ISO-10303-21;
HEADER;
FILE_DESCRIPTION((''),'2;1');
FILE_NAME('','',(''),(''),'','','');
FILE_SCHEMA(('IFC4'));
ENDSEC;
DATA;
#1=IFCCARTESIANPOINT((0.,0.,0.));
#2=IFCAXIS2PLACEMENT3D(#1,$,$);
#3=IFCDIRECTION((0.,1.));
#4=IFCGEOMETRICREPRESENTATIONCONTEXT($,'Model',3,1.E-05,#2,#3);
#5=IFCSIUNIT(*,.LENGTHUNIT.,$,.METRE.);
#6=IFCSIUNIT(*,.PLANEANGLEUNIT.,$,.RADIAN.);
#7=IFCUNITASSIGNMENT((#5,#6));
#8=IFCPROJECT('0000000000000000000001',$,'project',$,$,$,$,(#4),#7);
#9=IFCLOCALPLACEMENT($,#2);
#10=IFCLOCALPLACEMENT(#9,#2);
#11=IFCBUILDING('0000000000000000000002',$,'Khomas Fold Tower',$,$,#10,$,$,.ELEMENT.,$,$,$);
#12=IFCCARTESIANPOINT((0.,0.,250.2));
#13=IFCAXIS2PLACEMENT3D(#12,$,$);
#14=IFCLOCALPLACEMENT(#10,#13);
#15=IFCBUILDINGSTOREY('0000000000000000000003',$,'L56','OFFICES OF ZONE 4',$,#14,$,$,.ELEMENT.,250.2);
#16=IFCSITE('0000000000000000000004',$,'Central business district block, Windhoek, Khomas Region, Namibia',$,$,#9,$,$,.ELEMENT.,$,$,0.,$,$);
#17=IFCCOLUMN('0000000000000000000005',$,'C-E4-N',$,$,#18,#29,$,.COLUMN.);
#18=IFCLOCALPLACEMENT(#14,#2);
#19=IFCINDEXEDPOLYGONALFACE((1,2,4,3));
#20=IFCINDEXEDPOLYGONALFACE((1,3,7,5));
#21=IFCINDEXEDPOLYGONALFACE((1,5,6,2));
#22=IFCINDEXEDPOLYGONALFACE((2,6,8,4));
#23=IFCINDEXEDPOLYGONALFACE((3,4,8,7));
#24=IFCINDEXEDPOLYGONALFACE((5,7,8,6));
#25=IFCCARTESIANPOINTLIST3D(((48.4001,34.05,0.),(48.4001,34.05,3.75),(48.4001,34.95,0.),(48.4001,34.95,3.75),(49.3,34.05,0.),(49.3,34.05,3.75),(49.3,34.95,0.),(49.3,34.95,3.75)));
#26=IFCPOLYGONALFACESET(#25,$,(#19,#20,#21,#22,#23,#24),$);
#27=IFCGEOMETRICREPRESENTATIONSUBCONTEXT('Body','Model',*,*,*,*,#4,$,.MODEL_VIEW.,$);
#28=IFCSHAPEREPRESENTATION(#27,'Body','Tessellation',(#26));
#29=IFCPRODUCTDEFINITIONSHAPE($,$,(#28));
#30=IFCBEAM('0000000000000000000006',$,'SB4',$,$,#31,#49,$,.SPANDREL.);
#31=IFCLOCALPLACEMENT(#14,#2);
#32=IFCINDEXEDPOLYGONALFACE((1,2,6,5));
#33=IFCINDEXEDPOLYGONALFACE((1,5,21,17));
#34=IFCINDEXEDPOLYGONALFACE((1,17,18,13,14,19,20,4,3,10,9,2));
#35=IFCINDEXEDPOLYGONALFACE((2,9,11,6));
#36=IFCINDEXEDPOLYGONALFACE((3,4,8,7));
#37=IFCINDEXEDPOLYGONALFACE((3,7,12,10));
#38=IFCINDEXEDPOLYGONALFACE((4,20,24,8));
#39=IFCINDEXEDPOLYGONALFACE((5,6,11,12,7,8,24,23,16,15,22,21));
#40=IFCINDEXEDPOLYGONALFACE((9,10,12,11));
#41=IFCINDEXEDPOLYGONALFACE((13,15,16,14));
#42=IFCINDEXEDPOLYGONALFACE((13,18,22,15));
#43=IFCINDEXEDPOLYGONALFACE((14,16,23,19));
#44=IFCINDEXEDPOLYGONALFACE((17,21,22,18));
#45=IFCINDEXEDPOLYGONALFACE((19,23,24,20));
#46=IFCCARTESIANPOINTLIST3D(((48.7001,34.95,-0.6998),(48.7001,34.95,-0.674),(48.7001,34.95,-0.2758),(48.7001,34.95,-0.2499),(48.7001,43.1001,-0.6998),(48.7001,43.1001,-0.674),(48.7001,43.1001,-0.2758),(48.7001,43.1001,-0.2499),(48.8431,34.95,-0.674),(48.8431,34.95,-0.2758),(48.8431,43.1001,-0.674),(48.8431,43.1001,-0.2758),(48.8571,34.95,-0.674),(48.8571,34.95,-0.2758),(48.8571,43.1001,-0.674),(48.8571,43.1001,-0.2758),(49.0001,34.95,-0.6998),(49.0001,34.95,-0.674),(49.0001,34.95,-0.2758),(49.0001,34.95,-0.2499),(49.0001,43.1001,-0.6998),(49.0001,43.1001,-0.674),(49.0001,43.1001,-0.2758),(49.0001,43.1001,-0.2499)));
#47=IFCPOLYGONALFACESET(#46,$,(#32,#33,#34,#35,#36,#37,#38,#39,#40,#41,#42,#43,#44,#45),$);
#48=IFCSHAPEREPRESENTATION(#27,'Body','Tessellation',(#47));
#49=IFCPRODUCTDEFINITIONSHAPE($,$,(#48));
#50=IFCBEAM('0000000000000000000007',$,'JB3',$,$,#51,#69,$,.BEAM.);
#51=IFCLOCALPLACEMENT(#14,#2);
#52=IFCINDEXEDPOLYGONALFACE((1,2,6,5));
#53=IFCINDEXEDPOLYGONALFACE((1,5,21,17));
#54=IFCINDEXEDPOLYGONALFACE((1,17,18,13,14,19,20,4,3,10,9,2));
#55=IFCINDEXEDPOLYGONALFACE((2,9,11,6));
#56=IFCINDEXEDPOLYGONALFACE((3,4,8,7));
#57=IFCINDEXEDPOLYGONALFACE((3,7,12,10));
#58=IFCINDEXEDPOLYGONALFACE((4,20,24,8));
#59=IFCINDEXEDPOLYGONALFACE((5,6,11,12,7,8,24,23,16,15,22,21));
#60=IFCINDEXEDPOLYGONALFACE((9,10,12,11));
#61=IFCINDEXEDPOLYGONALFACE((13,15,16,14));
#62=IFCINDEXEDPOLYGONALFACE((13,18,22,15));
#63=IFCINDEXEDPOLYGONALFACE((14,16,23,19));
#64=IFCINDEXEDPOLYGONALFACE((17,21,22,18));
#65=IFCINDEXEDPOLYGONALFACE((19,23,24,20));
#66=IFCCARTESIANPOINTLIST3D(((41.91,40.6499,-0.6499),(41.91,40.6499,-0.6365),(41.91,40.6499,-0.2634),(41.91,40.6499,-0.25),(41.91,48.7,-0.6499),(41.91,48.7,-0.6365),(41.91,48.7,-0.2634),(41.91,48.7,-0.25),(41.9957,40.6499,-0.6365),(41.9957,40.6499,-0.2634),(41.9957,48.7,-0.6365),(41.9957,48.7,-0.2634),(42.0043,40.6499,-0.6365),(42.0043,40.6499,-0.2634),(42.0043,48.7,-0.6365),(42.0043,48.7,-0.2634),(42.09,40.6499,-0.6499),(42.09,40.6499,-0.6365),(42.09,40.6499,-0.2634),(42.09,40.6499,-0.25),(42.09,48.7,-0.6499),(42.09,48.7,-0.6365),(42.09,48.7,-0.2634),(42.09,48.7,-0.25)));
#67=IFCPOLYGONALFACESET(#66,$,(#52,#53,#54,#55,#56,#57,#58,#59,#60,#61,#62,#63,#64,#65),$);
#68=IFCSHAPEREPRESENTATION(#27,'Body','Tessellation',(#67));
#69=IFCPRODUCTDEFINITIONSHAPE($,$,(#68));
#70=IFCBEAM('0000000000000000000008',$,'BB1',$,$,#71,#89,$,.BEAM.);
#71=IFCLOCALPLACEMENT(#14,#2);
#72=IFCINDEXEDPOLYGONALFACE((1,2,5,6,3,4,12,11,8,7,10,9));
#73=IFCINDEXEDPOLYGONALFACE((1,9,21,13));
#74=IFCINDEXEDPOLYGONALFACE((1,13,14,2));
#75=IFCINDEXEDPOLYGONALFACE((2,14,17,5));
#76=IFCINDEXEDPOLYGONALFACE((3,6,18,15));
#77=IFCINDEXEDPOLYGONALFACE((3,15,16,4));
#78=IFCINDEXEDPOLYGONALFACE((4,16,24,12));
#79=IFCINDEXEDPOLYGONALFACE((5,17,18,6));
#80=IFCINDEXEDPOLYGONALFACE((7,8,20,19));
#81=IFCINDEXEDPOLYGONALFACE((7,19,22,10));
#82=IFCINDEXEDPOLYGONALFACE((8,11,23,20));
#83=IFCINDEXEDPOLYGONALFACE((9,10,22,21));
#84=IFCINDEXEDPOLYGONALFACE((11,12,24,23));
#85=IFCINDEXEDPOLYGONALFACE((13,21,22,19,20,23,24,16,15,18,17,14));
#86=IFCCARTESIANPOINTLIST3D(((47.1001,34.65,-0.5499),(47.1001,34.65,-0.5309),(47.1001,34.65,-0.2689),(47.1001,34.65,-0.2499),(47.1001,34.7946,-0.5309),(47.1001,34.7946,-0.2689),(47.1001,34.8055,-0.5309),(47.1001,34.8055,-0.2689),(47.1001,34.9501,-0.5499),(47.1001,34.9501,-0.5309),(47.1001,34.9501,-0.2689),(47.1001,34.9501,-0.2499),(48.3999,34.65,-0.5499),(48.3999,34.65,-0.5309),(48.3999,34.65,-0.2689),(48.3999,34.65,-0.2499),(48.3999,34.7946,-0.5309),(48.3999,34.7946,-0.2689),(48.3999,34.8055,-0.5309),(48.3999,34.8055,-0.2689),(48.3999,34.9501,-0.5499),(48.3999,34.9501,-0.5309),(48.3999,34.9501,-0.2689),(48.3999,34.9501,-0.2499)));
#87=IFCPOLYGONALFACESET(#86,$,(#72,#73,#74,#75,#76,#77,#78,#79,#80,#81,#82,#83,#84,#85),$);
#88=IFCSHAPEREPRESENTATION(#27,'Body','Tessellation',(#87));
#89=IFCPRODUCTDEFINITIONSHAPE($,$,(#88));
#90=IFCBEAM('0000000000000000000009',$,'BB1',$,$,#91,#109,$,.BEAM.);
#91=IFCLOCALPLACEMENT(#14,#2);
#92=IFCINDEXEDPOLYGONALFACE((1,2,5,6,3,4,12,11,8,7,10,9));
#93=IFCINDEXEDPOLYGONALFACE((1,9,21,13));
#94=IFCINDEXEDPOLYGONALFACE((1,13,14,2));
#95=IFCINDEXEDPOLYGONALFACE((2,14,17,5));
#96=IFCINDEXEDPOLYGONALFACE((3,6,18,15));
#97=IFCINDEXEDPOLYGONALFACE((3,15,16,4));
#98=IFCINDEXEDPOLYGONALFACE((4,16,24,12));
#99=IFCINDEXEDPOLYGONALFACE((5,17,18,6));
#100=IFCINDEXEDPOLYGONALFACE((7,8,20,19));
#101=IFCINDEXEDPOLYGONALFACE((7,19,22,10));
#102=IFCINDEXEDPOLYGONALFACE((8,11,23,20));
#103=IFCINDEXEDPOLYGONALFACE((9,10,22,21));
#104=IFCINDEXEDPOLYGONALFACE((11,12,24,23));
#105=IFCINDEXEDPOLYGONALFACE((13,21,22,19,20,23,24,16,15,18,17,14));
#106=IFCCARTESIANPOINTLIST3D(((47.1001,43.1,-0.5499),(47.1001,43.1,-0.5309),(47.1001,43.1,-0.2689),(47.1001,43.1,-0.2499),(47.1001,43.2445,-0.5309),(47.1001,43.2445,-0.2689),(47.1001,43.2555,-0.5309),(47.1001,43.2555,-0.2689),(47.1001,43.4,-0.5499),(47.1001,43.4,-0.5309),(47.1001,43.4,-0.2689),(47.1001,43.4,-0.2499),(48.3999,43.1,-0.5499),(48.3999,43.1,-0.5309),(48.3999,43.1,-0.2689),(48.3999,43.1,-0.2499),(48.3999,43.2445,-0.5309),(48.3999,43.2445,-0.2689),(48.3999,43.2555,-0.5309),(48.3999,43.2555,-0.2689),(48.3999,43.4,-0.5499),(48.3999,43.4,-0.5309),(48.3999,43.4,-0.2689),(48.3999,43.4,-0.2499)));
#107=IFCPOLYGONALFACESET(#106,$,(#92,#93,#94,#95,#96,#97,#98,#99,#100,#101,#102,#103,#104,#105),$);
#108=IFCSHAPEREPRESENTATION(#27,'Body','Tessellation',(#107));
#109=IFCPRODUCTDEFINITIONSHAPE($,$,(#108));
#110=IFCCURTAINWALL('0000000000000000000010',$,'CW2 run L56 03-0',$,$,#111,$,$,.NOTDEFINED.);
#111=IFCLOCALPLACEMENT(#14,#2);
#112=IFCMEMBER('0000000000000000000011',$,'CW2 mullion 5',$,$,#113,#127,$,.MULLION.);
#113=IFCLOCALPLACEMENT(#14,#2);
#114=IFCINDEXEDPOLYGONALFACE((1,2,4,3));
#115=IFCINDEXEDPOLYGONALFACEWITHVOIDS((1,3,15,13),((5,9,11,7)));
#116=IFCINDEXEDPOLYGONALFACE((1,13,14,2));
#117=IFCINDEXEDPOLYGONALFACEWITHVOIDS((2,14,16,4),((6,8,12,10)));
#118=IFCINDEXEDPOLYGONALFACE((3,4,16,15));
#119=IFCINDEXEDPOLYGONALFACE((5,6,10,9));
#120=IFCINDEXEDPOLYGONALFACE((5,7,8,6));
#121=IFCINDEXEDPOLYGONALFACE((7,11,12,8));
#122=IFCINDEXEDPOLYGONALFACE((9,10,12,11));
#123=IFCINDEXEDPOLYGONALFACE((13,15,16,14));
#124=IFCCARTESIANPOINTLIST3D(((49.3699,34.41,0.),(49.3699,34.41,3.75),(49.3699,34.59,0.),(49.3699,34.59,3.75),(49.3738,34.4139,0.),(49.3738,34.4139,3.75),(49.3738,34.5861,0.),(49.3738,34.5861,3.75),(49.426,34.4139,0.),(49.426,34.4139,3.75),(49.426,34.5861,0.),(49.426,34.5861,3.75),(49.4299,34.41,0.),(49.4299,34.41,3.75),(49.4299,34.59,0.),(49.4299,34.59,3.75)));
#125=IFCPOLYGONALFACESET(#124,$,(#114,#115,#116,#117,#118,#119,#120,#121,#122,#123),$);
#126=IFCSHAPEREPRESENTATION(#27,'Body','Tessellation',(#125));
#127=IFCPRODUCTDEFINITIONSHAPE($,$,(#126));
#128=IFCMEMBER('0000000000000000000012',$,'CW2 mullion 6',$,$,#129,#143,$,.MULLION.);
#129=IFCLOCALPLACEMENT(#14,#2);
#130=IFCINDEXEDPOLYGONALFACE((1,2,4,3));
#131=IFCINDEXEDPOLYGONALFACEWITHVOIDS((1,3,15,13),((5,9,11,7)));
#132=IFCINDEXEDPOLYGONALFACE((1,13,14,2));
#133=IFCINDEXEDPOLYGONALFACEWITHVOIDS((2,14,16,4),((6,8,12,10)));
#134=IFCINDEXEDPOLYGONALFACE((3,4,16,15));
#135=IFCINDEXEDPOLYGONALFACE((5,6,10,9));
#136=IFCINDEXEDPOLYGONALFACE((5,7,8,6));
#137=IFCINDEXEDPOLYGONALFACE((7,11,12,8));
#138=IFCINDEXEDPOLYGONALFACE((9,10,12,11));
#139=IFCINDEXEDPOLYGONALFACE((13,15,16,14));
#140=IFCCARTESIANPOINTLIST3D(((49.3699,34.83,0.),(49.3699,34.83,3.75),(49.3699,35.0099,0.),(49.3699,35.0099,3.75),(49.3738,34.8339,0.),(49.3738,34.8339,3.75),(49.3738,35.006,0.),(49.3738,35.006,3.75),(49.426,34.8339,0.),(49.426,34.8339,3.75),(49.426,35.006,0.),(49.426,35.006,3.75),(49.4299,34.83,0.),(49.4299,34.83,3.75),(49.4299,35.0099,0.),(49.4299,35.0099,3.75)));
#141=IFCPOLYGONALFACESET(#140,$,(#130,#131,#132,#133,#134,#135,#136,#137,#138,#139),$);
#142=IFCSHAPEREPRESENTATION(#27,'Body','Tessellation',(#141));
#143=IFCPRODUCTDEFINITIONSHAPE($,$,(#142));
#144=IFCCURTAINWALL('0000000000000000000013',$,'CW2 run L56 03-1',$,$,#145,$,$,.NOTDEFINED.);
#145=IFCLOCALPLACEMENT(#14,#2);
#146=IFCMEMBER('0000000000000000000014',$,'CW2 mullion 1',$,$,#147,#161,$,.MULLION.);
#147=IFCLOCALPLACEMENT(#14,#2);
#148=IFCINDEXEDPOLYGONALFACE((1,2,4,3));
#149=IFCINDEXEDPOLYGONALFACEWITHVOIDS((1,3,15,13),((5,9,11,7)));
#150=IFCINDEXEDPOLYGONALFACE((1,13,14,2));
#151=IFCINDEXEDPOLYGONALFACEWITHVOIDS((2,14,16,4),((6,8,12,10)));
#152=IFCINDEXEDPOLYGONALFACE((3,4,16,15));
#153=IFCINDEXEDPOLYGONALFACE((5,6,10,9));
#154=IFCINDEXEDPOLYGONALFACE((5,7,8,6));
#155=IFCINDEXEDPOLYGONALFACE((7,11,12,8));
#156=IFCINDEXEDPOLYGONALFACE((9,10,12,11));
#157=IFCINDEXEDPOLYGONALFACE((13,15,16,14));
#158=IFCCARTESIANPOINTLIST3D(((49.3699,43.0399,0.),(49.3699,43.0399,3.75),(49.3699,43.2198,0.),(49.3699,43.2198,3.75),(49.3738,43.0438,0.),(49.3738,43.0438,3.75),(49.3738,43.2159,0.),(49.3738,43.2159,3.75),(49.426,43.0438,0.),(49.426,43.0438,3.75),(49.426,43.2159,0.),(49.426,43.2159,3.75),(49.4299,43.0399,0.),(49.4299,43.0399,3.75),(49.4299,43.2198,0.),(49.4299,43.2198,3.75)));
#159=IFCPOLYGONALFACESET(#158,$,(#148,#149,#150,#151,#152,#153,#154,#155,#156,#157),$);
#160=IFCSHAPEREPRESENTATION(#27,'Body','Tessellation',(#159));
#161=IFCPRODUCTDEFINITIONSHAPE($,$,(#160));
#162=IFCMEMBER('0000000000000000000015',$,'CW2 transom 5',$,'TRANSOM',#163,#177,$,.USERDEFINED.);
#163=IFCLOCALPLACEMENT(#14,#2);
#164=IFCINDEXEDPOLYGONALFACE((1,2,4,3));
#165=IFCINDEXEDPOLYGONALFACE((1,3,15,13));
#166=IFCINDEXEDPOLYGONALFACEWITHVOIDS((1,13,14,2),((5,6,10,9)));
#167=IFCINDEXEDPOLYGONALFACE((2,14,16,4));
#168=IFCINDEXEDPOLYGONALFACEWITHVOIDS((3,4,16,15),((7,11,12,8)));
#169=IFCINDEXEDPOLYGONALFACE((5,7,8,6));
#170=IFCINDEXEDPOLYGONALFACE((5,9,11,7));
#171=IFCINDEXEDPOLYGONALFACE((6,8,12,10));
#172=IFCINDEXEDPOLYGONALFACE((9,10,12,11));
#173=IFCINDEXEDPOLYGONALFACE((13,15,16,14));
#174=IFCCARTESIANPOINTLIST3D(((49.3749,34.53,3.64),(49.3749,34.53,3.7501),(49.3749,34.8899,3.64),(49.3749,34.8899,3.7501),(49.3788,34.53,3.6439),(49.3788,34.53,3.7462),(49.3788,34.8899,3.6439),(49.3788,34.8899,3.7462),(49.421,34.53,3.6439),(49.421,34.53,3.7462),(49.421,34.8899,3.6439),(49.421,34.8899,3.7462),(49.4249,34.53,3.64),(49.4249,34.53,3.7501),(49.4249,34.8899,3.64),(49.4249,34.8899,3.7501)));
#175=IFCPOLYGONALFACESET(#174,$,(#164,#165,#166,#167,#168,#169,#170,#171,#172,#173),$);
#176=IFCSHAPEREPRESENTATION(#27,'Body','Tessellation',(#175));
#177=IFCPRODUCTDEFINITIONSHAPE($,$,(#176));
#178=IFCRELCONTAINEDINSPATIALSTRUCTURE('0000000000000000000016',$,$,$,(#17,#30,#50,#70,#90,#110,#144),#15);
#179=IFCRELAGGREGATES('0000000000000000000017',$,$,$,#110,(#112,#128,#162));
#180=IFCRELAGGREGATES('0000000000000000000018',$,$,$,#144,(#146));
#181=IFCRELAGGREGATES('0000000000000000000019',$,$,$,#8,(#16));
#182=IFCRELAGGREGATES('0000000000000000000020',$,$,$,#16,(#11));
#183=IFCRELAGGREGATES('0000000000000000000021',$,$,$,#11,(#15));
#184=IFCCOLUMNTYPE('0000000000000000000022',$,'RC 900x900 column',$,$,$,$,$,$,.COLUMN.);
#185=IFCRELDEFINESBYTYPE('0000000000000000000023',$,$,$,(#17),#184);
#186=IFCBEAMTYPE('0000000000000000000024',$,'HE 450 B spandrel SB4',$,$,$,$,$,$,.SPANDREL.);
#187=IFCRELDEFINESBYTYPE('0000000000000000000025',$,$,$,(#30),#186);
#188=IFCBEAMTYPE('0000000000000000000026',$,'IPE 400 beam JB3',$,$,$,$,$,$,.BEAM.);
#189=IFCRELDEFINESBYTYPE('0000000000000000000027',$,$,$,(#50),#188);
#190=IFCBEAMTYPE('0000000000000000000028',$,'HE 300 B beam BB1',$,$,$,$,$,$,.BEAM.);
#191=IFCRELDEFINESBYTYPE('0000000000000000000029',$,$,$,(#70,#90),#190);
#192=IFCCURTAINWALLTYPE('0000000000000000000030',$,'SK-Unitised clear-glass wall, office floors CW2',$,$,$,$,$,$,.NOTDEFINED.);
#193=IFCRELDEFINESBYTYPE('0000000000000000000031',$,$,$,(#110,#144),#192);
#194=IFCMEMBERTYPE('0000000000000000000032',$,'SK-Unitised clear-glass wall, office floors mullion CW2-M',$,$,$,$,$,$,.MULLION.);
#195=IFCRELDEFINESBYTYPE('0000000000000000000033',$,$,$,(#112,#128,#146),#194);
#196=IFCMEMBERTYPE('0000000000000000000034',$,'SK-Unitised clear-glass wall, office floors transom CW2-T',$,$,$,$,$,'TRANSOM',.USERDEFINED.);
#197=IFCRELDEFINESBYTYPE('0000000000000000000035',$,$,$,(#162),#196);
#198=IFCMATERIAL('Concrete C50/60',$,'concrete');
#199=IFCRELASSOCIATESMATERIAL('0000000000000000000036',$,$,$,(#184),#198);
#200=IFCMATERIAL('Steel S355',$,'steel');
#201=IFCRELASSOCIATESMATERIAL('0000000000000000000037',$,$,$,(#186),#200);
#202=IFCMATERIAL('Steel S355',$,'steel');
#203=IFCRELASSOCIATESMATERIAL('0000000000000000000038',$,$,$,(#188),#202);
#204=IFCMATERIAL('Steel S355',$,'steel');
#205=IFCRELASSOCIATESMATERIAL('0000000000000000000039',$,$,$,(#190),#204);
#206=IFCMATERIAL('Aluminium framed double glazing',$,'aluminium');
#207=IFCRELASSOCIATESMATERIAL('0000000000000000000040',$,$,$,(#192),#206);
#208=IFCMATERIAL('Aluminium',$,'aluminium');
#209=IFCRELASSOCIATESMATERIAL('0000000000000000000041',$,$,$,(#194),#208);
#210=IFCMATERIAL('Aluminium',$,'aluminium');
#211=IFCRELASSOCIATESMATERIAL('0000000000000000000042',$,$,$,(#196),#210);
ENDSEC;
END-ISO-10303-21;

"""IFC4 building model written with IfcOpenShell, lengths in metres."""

from ifc_helpers import new_model, si_unit, direction, frame, origin, origin_2d, place, context, subcontext, project, spatial, rectangle, hollow_rectangle, i_section, extrude, source, transform, mapped, material, material_profile, profile_set, type_object, element, aggregate, save


model = new_model("IFC4")

# Units and contexts
model_context = context("Model", 3, precision=1e-05, world=origin(), true_north=direction((0.0, 1.0)))
body_context = subcontext(model_context, "Body", "Model", "MODEL_VIEW")
ifc_project = project(units=[si_unit("LENGTHUNIT", "METRE"), si_unit("PLANEANGLEUNIT", "RADIAN")], contexts=[model_context])

# Site, building, storey
site_placement = place(None, origin())
site = spatial("IfcSite", under=ifc_project, at=site_placement, Name="Central business district block, Windhoek, Khomas Region, Namibia", CompositionType="ELEMENT", RefElevation=0.0)
building_placement = place(site_placement, origin())
building = spatial("IfcBuilding", under=site, at=building_placement, Name="Khomas Fold Tower", CompositionType="ELEMENT")
storey_placement = place(building_placement, frame((0.0, 0.0, 250.2)))
storey = spatial("IfcBuildingStorey", under=building, at=storey_placement, Name="L56", Description="OFFICES OF ZONE 4", CompositionType="ELEMENT", Elevation=250.2)

# Column
ifc_material_1 = material(Name="Concrete C50/60", Category="concrete")
ifc_material_profile_1 = material_profile(ifc_material_1, rectangle(XDim=0.8999, YDim=0.8999, at=origin_2d()), Name="RC 900x900")
ifc_profile_set_1 = profile_set([ifc_material_profile_1], Name="Concrete C50/60")
column_type = type_object("IfcColumnType", Name="RC 900x900 column", PredefinedType="COLUMN", material=ifc_profile_set_1)
shared_shape_1 = source(origin(), body_context, "Body", "SweptSolid", [
    extrude(rectangle(XDim=0.8999, YDim=0.8999, at=origin_2d()), origin(), (0.0, 0.0, 1.0), 3.75),
])
column_placement = place(storey_placement, frame((48.8501, 34.5, 0.0), z_axis=(0.0, 0.0, 1.0), x_axis=(1.0, 0.0, 0.0)))
element("IfcColumn", 1, at=column_placement, inside=storey, type_object=column_type, Name="C-E4-N", PredefinedType="COLUMN", context=body_context, shape_type="MappedRepresentation", body=[
    mapped(shared_shape_1, transform((0.0, 0.0, 0.0))),
])

# Beams
ifc_material_2 = material(Name="Steel S355", Category="steel")
ifc_material_profile_2 = material_profile(ifc_material_2, i_section(OverallWidth=0.3, OverallDepth=0.45, WebThickness=0.0139, FlangeThickness=0.0259, at=origin_2d()), Name="HE 450 B")
ifc_profile_set_2 = profile_set([ifc_material_profile_2], Name="Steel S355")
beam_type_1 = type_object("IfcBeamType", Name="HE 450 B spandrel SB4", PredefinedType="SPANDREL", material=ifc_profile_set_2)
shared_shape_2 = source(origin(), body_context, "Body", "SweptSolid", [
    extrude(i_section(OverallWidth=0.3, OverallDepth=0.45, WebThickness=0.0139, FlangeThickness=0.0259, at=origin_2d()), origin(), (0.0, 0.0, 1.0), 8.1501),
])
beam_1_placement = place(storey_placement, frame((48.8501, 34.95, -0.4749), z_axis=(0.0, 1.0, 0.0), x_axis=(-1.0, 0.0, 0.0)))
element("IfcBeam", 2, at=beam_1_placement, inside=storey, type_object=beam_type_1, Name="SB4", PredefinedType="SPANDREL", context=body_context, shape_type="MappedRepresentation", body=[
    mapped(shared_shape_2, transform((0.0, 0.0, 0.0))),
])
ifc_material_3 = material(Name="Steel S355", Category="steel")
ifc_material_profile_3 = material_profile(ifc_material_3, i_section(OverallWidth=0.1799, OverallDepth=0.3999, WebThickness=0.0085, FlangeThickness=0.0134, at=origin_2d()), Name="IPE 400")
ifc_profile_set_3 = profile_set([ifc_material_profile_3], Name="Steel S355")
beam_type_2 = type_object("IfcBeamType", Name="IPE 400 beam JB3", PredefinedType="BEAM", material=ifc_profile_set_3)
shared_shape_3 = source(origin(), body_context, "Body", "SweptSolid", [
    extrude(i_section(OverallWidth=0.1799, OverallDepth=0.3999, WebThickness=0.0085, FlangeThickness=0.0134, at=origin_2d()), origin(), (0.0, 0.0, 1.0), 8.05),
])
beam_2_placement = place(storey_placement, frame((42.0, 40.6499, -0.45), z_axis=(0.0, 1.0, 0.0), x_axis=(-1.0, 0.0, 0.0)))
element("IfcBeam", 3, at=beam_2_placement, inside=storey, type_object=beam_type_2, Name="JB3", PredefinedType="BEAM", context=body_context, shape_type="MappedRepresentation", body=[
    mapped(shared_shape_3, transform((0.0, 0.0, 0.0))),
])
ifc_material_4 = material(Name="Steel S355", Category="steel")
ifc_material_profile_4 = material_profile(ifc_material_4, i_section(OverallWidth=0.3, OverallDepth=0.3, WebThickness=0.011, FlangeThickness=0.019, at=origin_2d()), Name="HE 300 B")
ifc_profile_set_4 = profile_set([ifc_material_profile_4], Name="Steel S355")
beam_type_3 = type_object("IfcBeamType", Name="HE 300 B beam BB1", PredefinedType="BEAM", material=ifc_profile_set_4)
shared_shape_4 = source(origin(), body_context, "Body", "SweptSolid", [
    extrude(i_section(OverallWidth=0.3, OverallDepth=0.3, WebThickness=0.011, FlangeThickness=0.019, at=origin_2d()), origin(), (0.0, 0.0, 1.0), 1.2998),
])
for number, where, z_axis, x_axis, name in (
    (4, (47.1001, 34.8, -0.3999), (1.0, 0.0, 0.0), (0.0, 1.0, 0.0), "BB1"),
    (5, (47.1001, 43.25, -0.3999), (1.0, 0.0, 0.0), (0.0, 1.0, 0.0), "BB1"),
):
    element("IfcBeam", number, at=place(storey_placement, frame(where, z_axis=z_axis, x_axis=x_axis)), inside=storey, type_object=beam_type_3, Name=name, PredefinedType="BEAM", context=body_context, shape_type="MappedRepresentation", body=[
        mapped(shared_shape_4, transform((0.0, 0.0, 0.0))),
    ])

# Curtain wall, members
ifc_material_5 = material(Name="Aluminium framed double glazing", Category="aluminium")
curtain_wall_type = type_object("IfcCurtainWallType", Name="SK-Unitised clear-glass wall, office floors CW2", PredefinedType="NOTDEFINED", material=ifc_material_5)
curtain_wall_1_placement = place(storey_placement, origin())
curtain_wall_1 = element("IfcCurtainWall", 6, at=curtain_wall_1_placement, inside=storey, type_object=curtain_wall_type, Name="CW2 run L56 03-0", PredefinedType="NOTDEFINED")
ifc_material_6 = material(Name="Aluminium", Category="aluminium")
ifc_material_profile_5 = material_profile(ifc_material_6, hollow_rectangle(XDim=0.0601, YDim=0.1799, WallThickness=0.0039, at=origin_2d()), Name="SK-Unitised clear-glass wall, office floors mullion CW2-M")
ifc_profile_set_5 = profile_set([ifc_material_profile_5], Name="Aluminium")
member_type_1 = type_object("IfcMemberType", Name="SK-Unitised clear-glass wall, office floors mullion CW2-M", PredefinedType="MULLION", material=ifc_profile_set_5)
shared_shape_5 = source(origin(), body_context, "Body", "SweptSolid", [
    extrude(hollow_rectangle(XDim=0.0601, YDim=0.1799, WallThickness=0.0039, at=origin_2d()), origin(), (0.0, 0.0, 1.0), 3.75),
])
member_1_placement = place(storey_placement, frame((49.3999, 34.5, 0.0), z_axis=(0.0, 0.0, 1.0), x_axis=(-1.0, 0.0, 0.0)))
member_1 = element("IfcMember", 7, at=member_1_placement, type_object=member_type_1, Name="CW2 mullion 5", PredefinedType="MULLION", context=body_context, shape_type="MappedRepresentation", body=[
    mapped(shared_shape_5, transform((0.0, 0.0, 0.0))),
])
member_2_placement = place(storey_placement, frame((49.3999, 34.9199, 0.0), z_axis=(0.0, 0.0, 1.0), x_axis=(-1.0, 0.0, 0.0)))
member_2 = element("IfcMember", 8, at=member_2_placement, type_object=member_type_1, Name="CW2 mullion 6", PredefinedType="MULLION", context=body_context, shape_type="MappedRepresentation", body=[
    mapped(shared_shape_5, transform((0.0, 0.0, 0.0))),
])

# Curtain wall, member
curtain_wall_2_placement = place(storey_placement, origin())
curtain_wall_2 = element("IfcCurtainWall", 9, at=curtain_wall_2_placement, inside=storey, type_object=curtain_wall_type, Name="CW2 run L56 03-1", PredefinedType="NOTDEFINED")
member_3_placement = place(storey_placement, frame((49.3999, 43.1299, 0.0), z_axis=(0.0, 0.0, 1.0), x_axis=(-1.0, 0.0, 0.0)))
member_3 = element("IfcMember", 10, at=member_3_placement, type_object=member_type_1, Name="CW2 mullion 1", PredefinedType="MULLION", context=body_context, shape_type="MappedRepresentation", body=[
    mapped(shared_shape_5, transform((0.0, 0.0, 0.0))),
])

# Member
ifc_material_7 = material(Name="Aluminium", Category="aluminium")
ifc_material_profile_6 = material_profile(ifc_material_7, hollow_rectangle(XDim=0.05, YDim=0.1101, WallThickness=0.0039, at=origin_2d()), Name="SK-Unitised clear-glass wall, office floors transom CW2-T")
ifc_profile_set_6 = profile_set([ifc_material_profile_6], Name="Aluminium")
member_type_2 = type_object("IfcMemberType", Name="SK-Unitised clear-glass wall, office floors transom CW2-T", ElementType="TRANSOM", PredefinedType="USERDEFINED", material=ifc_profile_set_6)
shared_shape_6 = source(origin(), body_context, "Body", "SweptSolid", [
    extrude(hollow_rectangle(XDim=0.05, YDim=0.1101, WallThickness=0.0039, at=origin_2d()), origin(), (0.0, 0.0, 1.0), 0.3599),
])
member_4_placement = place(storey_placement, frame((49.3999, 34.53, 3.6951), z_axis=(0.0, 1.0, 0.0), x_axis=(-1.0, 0.0, 0.0)))
member_4 = element("IfcMember", 11, at=member_4_placement, type_object=member_type_2, Name="CW2 transom 5", ObjectType="TRANSOM", PredefinedType="USERDEFINED", context=body_context, shape_type="MappedRepresentation", body=[
    mapped(shared_shape_6, transform((0.0, 0.0, 0.0))),
])

aggregate(curtain_wall_1, [member_1, member_2, member_4])
aggregate(curtain_wall_2, [member_3])

save(model, "model.ifc")
